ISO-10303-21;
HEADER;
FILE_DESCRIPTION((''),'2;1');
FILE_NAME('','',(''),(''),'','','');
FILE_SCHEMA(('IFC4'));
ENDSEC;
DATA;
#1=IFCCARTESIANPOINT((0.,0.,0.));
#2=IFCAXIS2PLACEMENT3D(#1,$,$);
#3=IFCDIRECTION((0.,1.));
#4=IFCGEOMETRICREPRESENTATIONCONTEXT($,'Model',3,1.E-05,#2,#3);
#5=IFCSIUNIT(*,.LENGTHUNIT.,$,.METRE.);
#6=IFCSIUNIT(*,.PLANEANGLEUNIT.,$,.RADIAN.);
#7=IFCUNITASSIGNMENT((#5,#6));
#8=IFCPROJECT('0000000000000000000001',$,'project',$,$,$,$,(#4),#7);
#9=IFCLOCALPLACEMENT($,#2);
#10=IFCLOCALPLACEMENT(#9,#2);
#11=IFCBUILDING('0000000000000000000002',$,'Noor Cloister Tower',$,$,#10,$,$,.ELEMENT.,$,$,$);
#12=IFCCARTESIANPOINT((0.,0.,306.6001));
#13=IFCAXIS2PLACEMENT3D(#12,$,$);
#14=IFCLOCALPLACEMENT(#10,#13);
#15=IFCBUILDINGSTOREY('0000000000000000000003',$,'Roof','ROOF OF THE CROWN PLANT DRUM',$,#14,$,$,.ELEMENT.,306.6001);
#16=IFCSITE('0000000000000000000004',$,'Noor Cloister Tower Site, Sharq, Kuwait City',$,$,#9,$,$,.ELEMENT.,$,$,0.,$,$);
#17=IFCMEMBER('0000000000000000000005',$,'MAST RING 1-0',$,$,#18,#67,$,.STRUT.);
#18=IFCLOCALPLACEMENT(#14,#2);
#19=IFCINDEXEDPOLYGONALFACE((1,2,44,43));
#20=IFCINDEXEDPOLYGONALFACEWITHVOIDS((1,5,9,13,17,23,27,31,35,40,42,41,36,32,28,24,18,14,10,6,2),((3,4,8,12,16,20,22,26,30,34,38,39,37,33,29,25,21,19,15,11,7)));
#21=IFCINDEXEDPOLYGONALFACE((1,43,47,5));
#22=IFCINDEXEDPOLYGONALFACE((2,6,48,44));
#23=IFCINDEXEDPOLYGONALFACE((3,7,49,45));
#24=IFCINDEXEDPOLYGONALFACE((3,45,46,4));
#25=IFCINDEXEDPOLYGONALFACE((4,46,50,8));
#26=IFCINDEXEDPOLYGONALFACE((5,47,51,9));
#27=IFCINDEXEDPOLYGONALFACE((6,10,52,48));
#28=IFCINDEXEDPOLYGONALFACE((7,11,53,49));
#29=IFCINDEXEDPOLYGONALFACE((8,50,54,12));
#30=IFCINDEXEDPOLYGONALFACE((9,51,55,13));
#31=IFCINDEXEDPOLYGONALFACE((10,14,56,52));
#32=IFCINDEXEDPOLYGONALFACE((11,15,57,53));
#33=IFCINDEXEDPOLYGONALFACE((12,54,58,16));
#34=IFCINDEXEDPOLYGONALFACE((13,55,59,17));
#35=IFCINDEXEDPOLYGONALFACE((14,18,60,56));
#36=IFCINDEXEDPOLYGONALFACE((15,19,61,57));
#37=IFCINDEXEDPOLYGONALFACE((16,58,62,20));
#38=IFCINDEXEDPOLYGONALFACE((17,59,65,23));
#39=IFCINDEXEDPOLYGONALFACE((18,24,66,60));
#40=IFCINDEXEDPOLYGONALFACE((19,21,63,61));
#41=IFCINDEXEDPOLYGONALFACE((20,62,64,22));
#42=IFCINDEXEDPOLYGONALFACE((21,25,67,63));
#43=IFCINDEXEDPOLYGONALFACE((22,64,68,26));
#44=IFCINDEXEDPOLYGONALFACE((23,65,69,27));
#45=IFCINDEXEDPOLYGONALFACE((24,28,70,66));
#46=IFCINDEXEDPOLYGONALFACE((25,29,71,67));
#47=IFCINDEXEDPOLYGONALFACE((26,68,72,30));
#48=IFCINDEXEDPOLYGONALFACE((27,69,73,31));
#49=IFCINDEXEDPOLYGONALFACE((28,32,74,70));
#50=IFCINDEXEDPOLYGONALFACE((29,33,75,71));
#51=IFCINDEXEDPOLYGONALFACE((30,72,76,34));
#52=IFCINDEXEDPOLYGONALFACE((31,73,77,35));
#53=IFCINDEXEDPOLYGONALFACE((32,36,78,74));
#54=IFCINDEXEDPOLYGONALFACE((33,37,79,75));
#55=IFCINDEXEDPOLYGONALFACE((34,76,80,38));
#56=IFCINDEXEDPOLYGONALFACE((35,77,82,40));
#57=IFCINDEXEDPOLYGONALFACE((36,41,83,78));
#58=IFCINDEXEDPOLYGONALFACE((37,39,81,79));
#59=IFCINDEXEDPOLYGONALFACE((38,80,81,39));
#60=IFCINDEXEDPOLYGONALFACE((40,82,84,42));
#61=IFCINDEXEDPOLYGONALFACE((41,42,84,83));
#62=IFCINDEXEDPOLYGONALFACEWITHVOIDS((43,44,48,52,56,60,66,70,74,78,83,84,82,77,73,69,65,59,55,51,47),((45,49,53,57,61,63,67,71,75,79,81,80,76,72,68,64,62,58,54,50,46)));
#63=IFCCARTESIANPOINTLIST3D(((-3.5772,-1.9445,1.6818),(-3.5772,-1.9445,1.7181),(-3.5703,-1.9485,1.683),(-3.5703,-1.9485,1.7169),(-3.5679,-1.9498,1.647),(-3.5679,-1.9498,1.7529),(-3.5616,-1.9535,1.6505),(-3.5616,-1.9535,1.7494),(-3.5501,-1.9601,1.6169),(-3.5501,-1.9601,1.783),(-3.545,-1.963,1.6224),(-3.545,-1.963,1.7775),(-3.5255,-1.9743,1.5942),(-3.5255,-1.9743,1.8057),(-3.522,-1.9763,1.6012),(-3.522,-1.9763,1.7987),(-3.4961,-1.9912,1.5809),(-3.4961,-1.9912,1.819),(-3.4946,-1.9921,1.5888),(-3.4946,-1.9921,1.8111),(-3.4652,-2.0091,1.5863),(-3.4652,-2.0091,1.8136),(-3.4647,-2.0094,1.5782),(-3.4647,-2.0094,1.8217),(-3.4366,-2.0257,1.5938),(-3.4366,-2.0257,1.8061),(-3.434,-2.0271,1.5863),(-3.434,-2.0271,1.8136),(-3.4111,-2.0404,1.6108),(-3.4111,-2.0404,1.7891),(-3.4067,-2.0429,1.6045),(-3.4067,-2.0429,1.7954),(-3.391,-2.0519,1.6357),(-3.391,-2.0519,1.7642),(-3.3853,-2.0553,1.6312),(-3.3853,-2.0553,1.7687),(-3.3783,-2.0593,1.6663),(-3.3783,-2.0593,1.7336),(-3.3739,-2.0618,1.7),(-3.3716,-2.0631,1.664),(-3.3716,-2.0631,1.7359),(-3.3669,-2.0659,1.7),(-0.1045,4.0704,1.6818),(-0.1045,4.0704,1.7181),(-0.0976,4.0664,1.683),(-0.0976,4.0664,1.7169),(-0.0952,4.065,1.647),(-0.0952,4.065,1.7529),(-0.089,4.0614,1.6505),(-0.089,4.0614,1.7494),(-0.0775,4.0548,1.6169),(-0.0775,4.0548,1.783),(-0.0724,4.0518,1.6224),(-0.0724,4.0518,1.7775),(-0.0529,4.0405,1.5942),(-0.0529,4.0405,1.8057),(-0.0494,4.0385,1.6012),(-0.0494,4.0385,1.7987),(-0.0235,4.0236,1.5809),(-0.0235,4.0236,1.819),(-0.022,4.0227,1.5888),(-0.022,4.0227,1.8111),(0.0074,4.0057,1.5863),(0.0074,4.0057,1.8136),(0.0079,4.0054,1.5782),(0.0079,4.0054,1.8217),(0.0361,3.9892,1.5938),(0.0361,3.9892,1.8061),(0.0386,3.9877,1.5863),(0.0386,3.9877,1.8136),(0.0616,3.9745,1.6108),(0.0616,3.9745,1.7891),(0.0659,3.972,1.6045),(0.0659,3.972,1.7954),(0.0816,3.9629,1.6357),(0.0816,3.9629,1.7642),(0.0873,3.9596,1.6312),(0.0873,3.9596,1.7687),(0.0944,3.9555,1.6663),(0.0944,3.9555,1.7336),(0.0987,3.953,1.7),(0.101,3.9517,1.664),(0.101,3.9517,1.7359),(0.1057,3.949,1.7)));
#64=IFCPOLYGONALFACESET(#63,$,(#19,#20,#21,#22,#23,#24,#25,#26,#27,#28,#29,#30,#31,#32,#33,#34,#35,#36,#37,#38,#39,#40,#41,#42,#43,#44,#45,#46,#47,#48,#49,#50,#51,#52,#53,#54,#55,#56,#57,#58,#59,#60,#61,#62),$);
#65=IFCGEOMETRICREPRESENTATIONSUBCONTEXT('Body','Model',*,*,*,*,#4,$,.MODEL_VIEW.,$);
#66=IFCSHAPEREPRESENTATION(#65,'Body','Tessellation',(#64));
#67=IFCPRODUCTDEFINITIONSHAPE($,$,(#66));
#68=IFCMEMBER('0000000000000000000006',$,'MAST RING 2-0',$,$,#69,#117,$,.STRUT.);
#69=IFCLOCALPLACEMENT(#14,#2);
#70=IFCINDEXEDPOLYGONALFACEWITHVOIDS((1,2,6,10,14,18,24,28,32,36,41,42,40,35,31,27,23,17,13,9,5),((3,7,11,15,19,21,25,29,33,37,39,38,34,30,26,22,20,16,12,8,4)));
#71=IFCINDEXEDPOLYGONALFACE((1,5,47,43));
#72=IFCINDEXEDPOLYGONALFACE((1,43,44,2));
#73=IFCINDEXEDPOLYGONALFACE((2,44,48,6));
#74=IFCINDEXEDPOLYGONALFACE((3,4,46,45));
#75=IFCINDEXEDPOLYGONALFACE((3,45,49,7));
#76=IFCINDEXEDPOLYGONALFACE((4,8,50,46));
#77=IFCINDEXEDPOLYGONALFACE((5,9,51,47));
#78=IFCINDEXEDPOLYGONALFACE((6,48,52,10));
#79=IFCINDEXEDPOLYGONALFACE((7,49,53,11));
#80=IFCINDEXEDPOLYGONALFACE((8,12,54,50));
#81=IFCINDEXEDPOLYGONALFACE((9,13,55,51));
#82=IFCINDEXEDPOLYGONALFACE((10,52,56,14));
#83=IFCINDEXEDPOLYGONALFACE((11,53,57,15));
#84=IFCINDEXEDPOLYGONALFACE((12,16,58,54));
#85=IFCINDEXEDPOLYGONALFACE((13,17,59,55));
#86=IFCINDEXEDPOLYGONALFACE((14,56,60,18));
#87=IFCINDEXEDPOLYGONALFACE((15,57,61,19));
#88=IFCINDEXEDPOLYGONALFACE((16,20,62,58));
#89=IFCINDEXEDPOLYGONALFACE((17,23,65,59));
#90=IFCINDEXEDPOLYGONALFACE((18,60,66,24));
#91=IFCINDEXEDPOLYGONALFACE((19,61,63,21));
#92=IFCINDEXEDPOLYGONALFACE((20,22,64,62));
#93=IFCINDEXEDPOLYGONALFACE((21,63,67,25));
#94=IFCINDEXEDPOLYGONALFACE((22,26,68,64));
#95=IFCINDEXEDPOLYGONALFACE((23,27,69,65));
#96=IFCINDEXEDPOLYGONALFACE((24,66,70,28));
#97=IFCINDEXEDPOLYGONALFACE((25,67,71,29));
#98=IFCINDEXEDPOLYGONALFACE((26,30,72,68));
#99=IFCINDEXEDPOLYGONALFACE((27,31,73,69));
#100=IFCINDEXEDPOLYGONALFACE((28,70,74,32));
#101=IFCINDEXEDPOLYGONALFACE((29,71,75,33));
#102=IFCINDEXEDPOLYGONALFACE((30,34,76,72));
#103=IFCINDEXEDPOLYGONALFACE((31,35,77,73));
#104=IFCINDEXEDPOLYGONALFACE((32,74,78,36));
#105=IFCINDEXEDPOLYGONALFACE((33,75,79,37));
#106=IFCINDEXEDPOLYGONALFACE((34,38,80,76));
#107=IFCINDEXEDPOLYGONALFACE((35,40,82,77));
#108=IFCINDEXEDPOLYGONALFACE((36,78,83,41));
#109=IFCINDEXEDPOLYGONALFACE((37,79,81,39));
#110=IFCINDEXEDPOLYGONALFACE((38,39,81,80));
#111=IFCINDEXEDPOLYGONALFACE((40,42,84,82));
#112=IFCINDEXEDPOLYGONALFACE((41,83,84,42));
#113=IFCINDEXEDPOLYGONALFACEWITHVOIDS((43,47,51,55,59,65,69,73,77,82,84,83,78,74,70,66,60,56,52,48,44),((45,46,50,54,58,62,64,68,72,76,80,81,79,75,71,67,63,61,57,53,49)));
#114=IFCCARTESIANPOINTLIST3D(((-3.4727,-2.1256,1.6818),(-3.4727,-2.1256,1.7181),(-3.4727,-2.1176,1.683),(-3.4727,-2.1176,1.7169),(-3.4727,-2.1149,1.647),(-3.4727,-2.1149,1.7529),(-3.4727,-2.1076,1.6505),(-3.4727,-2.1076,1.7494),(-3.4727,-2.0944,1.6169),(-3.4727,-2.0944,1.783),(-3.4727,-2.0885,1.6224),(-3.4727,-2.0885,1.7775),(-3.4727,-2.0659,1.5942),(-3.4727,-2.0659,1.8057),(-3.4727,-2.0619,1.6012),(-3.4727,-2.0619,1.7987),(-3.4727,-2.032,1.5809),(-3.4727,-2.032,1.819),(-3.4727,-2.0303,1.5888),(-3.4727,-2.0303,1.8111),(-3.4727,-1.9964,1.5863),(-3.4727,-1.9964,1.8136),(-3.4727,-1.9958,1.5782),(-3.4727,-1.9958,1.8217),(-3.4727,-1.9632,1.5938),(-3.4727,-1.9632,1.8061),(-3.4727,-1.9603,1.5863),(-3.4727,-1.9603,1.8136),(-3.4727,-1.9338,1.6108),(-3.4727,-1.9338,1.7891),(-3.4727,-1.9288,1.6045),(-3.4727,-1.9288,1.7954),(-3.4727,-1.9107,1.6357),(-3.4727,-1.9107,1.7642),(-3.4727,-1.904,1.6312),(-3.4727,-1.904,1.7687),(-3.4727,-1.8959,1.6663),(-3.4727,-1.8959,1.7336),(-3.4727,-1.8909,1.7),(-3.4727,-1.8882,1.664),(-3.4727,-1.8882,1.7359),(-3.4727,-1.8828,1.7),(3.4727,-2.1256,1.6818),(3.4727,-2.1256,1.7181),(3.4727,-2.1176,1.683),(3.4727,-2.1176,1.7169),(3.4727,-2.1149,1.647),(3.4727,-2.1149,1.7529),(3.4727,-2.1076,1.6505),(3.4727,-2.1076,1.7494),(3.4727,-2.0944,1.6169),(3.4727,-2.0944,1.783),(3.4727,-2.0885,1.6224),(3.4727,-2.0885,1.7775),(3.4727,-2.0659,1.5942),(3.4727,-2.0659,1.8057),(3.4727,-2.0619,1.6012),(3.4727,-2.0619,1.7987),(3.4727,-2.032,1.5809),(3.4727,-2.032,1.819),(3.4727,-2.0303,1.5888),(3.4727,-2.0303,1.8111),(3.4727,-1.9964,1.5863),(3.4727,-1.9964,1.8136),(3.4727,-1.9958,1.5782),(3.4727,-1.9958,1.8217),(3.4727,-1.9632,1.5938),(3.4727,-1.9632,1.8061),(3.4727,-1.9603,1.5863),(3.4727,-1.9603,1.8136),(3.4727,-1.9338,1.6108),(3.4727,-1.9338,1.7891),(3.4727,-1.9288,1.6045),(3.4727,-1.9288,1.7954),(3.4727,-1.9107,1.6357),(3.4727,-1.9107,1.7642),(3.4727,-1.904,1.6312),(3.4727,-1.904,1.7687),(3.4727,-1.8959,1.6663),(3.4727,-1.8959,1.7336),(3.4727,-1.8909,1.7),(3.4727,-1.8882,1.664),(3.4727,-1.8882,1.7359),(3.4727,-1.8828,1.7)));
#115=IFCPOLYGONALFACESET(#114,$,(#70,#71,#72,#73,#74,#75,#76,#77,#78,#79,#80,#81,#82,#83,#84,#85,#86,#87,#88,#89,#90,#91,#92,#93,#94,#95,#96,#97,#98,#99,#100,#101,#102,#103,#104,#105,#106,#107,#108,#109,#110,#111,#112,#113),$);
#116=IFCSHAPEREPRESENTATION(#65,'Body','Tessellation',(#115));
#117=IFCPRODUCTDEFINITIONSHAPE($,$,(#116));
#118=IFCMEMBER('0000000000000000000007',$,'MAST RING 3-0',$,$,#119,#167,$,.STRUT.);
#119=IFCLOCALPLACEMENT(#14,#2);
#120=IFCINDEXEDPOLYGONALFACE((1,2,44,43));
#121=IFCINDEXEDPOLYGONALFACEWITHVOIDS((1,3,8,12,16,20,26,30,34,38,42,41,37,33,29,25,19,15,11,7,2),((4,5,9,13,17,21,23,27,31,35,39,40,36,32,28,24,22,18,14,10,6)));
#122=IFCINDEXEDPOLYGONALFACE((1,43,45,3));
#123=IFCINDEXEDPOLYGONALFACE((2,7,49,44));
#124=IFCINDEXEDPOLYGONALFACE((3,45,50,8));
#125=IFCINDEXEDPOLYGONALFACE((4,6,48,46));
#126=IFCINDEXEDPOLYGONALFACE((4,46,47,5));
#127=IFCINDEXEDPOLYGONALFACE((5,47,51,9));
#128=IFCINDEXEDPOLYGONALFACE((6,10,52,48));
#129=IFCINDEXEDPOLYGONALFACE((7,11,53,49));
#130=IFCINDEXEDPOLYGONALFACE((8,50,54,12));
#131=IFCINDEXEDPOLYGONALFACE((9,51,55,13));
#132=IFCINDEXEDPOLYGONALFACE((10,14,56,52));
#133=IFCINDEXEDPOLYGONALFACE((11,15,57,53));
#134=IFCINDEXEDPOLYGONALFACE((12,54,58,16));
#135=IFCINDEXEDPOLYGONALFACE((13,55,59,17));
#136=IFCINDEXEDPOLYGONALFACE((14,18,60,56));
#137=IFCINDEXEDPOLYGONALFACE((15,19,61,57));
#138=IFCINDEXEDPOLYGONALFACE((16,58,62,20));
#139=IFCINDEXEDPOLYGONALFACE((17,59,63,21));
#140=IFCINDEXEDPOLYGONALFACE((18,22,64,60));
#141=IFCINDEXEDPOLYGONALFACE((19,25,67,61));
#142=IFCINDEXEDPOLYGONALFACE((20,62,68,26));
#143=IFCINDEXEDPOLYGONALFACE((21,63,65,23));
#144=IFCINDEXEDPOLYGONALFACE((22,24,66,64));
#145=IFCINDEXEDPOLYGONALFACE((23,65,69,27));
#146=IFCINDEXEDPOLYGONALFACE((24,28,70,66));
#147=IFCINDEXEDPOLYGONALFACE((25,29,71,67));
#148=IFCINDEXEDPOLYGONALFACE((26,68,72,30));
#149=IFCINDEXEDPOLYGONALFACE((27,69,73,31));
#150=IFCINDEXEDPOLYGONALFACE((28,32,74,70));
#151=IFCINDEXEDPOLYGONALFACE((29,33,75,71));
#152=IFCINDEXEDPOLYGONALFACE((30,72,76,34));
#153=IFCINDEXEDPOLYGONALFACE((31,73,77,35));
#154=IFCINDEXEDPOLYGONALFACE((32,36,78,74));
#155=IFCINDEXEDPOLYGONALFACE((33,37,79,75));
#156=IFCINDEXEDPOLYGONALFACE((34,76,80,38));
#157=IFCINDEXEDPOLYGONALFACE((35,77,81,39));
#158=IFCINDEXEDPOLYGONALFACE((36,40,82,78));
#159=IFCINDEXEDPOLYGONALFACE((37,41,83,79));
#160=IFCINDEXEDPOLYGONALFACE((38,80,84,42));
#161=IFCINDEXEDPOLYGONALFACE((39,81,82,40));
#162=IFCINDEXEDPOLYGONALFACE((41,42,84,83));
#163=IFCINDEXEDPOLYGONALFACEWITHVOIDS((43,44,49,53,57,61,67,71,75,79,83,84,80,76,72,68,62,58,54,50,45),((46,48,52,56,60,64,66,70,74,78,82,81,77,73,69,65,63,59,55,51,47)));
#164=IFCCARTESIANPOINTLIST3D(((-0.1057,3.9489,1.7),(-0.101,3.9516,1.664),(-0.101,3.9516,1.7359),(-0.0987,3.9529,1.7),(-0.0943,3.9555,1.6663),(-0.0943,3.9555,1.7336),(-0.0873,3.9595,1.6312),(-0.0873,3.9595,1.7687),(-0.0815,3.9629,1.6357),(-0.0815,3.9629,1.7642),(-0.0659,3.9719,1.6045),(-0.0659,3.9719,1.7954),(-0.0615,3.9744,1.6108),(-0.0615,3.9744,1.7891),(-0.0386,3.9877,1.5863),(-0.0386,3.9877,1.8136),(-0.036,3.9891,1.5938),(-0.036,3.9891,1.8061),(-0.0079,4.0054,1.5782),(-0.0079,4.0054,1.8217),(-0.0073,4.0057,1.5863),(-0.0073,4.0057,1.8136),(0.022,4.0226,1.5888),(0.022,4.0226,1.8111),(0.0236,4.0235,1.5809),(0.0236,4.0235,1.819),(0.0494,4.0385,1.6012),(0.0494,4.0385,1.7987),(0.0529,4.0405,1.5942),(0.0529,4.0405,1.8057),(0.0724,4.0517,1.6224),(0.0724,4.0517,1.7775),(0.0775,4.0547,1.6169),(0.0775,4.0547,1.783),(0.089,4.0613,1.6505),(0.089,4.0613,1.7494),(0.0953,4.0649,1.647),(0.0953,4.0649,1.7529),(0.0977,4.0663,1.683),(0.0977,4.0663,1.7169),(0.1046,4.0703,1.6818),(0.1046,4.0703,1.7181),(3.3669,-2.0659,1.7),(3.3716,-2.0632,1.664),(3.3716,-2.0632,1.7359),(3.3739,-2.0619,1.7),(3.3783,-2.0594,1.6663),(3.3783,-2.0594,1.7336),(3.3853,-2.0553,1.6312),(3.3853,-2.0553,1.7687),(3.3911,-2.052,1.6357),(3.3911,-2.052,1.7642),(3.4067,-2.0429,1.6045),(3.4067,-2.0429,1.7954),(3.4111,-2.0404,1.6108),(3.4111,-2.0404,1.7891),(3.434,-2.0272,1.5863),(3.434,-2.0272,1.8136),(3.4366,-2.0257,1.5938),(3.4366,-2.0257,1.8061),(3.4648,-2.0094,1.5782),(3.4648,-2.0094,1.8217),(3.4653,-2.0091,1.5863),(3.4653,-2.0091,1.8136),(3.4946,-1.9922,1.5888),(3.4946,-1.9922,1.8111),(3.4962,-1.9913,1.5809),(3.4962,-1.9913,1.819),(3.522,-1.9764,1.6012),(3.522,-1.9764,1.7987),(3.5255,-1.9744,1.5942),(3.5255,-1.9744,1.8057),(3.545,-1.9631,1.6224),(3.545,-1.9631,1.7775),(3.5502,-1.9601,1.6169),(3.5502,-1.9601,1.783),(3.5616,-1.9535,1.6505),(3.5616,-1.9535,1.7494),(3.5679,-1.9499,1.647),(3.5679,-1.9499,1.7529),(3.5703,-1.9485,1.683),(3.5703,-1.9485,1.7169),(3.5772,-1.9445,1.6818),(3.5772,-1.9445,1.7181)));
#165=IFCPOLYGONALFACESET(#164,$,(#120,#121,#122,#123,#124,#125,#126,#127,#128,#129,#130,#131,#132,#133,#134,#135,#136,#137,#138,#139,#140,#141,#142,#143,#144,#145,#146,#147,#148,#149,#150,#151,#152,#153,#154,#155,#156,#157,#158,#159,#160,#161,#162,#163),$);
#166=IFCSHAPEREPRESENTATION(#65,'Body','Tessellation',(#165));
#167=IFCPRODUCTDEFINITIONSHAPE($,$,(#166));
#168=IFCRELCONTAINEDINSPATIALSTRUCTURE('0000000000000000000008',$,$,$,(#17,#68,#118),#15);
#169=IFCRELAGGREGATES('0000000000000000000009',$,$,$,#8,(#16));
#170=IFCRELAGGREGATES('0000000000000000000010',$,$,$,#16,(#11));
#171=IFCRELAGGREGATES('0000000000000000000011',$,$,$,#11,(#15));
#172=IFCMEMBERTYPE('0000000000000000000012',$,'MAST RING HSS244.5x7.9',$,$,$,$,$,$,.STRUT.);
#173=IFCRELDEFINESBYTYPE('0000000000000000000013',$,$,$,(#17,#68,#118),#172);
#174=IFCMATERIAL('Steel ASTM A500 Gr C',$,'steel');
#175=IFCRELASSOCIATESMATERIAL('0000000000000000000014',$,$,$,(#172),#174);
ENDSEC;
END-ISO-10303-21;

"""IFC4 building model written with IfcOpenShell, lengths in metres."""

from ifc_helpers import new_model, si_unit, direction, frame, origin, origin_2d, place, context, subcontext, project, spatial, hollow_circle, extrude, material, material_profile, profile_set, type_object, element, save


model = new_model("IFC4")

# Units and contexts
model_context = context("Model", 3, precision=1e-05, world=origin(), true_north=direction((0.0, 1.0)))
body_context = subcontext(model_context, "Body", "Model", "MODEL_VIEW")
ifc_project = project(units=[si_unit("LENGTHUNIT", "METRE"), si_unit("PLANEANGLEUNIT", "RADIAN")], contexts=[model_context])

# Site, building, storey
site_placement = place(None, origin())
site = spatial("IfcSite", under=ifc_project, at=site_placement, Name="Noor Cloister Tower Site, Sharq, Kuwait City", CompositionType="ELEMENT", RefElevation=0.0)
building_placement = place(site_placement, origin())
building = spatial("IfcBuilding", under=site, at=building_placement, Name="Noor Cloister Tower", CompositionType="ELEMENT")
storey_placement = place(building_placement, frame((0.0, 0.0, 306.6001)))
storey = spatial("IfcBuildingStorey", under=building, at=storey_placement, Name="Roof", Description="ROOF OF THE CROWN PLANT DRUM", CompositionType="ELEMENT", Elevation=306.6001)

# Members
ifc_material_1 = material(Name="Steel ASTM A500 Gr C", Category="steel")
ifc_material_profile_1 = material_profile(ifc_material_1, hollow_circle(Radius=0.1221, WallThickness=0.0081, at=origin_2d()), Name="HSS244.5x7.9")
ifc_profile_set_1 = profile_set([ifc_material_profile_1], Name="Steel ASTM A500 Gr C")
member_type_1 = type_object("IfcMemberType", Name="MAST RING HSS244.5x7.9", PredefinedType="STRUT", material=ifc_profile_set_1)
for number, where, z_axis, x_axis, name in (
    (1, (0.0, 4.01, 1.7), (-0.499995, -0.866028, 0.0), (0.866028, -0.499995, 0.0), "MAST RING 1-0"),
    (2, (-3.4727, -2.0049, 1.7), (1.0, 0.0, 0.0), (0.0, 1.0, 0.0), "MAST RING 2-0"),
    (3, (3.4727, -2.0049, 1.7), (-0.499995, 0.866028, 0.0), (-0.866028, -0.499995, 0.0), "MAST RING 3-0"),
):
    element("IfcMember", number, at=place(storey_placement, frame(where, z_axis=z_axis, x_axis=x_axis)), inside=storey, type_object=member_type_1, Name=name, PredefinedType="STRUT", context=body_context, shape_type="SweptSolid", body=[
        extrude(hollow_circle(Radius=0.1221, WallThickness=0.0081, at=origin_2d()), origin(), (0.0, 0.0, 1.0), 6.9453),
    ])

save(model, "model.ifc")
